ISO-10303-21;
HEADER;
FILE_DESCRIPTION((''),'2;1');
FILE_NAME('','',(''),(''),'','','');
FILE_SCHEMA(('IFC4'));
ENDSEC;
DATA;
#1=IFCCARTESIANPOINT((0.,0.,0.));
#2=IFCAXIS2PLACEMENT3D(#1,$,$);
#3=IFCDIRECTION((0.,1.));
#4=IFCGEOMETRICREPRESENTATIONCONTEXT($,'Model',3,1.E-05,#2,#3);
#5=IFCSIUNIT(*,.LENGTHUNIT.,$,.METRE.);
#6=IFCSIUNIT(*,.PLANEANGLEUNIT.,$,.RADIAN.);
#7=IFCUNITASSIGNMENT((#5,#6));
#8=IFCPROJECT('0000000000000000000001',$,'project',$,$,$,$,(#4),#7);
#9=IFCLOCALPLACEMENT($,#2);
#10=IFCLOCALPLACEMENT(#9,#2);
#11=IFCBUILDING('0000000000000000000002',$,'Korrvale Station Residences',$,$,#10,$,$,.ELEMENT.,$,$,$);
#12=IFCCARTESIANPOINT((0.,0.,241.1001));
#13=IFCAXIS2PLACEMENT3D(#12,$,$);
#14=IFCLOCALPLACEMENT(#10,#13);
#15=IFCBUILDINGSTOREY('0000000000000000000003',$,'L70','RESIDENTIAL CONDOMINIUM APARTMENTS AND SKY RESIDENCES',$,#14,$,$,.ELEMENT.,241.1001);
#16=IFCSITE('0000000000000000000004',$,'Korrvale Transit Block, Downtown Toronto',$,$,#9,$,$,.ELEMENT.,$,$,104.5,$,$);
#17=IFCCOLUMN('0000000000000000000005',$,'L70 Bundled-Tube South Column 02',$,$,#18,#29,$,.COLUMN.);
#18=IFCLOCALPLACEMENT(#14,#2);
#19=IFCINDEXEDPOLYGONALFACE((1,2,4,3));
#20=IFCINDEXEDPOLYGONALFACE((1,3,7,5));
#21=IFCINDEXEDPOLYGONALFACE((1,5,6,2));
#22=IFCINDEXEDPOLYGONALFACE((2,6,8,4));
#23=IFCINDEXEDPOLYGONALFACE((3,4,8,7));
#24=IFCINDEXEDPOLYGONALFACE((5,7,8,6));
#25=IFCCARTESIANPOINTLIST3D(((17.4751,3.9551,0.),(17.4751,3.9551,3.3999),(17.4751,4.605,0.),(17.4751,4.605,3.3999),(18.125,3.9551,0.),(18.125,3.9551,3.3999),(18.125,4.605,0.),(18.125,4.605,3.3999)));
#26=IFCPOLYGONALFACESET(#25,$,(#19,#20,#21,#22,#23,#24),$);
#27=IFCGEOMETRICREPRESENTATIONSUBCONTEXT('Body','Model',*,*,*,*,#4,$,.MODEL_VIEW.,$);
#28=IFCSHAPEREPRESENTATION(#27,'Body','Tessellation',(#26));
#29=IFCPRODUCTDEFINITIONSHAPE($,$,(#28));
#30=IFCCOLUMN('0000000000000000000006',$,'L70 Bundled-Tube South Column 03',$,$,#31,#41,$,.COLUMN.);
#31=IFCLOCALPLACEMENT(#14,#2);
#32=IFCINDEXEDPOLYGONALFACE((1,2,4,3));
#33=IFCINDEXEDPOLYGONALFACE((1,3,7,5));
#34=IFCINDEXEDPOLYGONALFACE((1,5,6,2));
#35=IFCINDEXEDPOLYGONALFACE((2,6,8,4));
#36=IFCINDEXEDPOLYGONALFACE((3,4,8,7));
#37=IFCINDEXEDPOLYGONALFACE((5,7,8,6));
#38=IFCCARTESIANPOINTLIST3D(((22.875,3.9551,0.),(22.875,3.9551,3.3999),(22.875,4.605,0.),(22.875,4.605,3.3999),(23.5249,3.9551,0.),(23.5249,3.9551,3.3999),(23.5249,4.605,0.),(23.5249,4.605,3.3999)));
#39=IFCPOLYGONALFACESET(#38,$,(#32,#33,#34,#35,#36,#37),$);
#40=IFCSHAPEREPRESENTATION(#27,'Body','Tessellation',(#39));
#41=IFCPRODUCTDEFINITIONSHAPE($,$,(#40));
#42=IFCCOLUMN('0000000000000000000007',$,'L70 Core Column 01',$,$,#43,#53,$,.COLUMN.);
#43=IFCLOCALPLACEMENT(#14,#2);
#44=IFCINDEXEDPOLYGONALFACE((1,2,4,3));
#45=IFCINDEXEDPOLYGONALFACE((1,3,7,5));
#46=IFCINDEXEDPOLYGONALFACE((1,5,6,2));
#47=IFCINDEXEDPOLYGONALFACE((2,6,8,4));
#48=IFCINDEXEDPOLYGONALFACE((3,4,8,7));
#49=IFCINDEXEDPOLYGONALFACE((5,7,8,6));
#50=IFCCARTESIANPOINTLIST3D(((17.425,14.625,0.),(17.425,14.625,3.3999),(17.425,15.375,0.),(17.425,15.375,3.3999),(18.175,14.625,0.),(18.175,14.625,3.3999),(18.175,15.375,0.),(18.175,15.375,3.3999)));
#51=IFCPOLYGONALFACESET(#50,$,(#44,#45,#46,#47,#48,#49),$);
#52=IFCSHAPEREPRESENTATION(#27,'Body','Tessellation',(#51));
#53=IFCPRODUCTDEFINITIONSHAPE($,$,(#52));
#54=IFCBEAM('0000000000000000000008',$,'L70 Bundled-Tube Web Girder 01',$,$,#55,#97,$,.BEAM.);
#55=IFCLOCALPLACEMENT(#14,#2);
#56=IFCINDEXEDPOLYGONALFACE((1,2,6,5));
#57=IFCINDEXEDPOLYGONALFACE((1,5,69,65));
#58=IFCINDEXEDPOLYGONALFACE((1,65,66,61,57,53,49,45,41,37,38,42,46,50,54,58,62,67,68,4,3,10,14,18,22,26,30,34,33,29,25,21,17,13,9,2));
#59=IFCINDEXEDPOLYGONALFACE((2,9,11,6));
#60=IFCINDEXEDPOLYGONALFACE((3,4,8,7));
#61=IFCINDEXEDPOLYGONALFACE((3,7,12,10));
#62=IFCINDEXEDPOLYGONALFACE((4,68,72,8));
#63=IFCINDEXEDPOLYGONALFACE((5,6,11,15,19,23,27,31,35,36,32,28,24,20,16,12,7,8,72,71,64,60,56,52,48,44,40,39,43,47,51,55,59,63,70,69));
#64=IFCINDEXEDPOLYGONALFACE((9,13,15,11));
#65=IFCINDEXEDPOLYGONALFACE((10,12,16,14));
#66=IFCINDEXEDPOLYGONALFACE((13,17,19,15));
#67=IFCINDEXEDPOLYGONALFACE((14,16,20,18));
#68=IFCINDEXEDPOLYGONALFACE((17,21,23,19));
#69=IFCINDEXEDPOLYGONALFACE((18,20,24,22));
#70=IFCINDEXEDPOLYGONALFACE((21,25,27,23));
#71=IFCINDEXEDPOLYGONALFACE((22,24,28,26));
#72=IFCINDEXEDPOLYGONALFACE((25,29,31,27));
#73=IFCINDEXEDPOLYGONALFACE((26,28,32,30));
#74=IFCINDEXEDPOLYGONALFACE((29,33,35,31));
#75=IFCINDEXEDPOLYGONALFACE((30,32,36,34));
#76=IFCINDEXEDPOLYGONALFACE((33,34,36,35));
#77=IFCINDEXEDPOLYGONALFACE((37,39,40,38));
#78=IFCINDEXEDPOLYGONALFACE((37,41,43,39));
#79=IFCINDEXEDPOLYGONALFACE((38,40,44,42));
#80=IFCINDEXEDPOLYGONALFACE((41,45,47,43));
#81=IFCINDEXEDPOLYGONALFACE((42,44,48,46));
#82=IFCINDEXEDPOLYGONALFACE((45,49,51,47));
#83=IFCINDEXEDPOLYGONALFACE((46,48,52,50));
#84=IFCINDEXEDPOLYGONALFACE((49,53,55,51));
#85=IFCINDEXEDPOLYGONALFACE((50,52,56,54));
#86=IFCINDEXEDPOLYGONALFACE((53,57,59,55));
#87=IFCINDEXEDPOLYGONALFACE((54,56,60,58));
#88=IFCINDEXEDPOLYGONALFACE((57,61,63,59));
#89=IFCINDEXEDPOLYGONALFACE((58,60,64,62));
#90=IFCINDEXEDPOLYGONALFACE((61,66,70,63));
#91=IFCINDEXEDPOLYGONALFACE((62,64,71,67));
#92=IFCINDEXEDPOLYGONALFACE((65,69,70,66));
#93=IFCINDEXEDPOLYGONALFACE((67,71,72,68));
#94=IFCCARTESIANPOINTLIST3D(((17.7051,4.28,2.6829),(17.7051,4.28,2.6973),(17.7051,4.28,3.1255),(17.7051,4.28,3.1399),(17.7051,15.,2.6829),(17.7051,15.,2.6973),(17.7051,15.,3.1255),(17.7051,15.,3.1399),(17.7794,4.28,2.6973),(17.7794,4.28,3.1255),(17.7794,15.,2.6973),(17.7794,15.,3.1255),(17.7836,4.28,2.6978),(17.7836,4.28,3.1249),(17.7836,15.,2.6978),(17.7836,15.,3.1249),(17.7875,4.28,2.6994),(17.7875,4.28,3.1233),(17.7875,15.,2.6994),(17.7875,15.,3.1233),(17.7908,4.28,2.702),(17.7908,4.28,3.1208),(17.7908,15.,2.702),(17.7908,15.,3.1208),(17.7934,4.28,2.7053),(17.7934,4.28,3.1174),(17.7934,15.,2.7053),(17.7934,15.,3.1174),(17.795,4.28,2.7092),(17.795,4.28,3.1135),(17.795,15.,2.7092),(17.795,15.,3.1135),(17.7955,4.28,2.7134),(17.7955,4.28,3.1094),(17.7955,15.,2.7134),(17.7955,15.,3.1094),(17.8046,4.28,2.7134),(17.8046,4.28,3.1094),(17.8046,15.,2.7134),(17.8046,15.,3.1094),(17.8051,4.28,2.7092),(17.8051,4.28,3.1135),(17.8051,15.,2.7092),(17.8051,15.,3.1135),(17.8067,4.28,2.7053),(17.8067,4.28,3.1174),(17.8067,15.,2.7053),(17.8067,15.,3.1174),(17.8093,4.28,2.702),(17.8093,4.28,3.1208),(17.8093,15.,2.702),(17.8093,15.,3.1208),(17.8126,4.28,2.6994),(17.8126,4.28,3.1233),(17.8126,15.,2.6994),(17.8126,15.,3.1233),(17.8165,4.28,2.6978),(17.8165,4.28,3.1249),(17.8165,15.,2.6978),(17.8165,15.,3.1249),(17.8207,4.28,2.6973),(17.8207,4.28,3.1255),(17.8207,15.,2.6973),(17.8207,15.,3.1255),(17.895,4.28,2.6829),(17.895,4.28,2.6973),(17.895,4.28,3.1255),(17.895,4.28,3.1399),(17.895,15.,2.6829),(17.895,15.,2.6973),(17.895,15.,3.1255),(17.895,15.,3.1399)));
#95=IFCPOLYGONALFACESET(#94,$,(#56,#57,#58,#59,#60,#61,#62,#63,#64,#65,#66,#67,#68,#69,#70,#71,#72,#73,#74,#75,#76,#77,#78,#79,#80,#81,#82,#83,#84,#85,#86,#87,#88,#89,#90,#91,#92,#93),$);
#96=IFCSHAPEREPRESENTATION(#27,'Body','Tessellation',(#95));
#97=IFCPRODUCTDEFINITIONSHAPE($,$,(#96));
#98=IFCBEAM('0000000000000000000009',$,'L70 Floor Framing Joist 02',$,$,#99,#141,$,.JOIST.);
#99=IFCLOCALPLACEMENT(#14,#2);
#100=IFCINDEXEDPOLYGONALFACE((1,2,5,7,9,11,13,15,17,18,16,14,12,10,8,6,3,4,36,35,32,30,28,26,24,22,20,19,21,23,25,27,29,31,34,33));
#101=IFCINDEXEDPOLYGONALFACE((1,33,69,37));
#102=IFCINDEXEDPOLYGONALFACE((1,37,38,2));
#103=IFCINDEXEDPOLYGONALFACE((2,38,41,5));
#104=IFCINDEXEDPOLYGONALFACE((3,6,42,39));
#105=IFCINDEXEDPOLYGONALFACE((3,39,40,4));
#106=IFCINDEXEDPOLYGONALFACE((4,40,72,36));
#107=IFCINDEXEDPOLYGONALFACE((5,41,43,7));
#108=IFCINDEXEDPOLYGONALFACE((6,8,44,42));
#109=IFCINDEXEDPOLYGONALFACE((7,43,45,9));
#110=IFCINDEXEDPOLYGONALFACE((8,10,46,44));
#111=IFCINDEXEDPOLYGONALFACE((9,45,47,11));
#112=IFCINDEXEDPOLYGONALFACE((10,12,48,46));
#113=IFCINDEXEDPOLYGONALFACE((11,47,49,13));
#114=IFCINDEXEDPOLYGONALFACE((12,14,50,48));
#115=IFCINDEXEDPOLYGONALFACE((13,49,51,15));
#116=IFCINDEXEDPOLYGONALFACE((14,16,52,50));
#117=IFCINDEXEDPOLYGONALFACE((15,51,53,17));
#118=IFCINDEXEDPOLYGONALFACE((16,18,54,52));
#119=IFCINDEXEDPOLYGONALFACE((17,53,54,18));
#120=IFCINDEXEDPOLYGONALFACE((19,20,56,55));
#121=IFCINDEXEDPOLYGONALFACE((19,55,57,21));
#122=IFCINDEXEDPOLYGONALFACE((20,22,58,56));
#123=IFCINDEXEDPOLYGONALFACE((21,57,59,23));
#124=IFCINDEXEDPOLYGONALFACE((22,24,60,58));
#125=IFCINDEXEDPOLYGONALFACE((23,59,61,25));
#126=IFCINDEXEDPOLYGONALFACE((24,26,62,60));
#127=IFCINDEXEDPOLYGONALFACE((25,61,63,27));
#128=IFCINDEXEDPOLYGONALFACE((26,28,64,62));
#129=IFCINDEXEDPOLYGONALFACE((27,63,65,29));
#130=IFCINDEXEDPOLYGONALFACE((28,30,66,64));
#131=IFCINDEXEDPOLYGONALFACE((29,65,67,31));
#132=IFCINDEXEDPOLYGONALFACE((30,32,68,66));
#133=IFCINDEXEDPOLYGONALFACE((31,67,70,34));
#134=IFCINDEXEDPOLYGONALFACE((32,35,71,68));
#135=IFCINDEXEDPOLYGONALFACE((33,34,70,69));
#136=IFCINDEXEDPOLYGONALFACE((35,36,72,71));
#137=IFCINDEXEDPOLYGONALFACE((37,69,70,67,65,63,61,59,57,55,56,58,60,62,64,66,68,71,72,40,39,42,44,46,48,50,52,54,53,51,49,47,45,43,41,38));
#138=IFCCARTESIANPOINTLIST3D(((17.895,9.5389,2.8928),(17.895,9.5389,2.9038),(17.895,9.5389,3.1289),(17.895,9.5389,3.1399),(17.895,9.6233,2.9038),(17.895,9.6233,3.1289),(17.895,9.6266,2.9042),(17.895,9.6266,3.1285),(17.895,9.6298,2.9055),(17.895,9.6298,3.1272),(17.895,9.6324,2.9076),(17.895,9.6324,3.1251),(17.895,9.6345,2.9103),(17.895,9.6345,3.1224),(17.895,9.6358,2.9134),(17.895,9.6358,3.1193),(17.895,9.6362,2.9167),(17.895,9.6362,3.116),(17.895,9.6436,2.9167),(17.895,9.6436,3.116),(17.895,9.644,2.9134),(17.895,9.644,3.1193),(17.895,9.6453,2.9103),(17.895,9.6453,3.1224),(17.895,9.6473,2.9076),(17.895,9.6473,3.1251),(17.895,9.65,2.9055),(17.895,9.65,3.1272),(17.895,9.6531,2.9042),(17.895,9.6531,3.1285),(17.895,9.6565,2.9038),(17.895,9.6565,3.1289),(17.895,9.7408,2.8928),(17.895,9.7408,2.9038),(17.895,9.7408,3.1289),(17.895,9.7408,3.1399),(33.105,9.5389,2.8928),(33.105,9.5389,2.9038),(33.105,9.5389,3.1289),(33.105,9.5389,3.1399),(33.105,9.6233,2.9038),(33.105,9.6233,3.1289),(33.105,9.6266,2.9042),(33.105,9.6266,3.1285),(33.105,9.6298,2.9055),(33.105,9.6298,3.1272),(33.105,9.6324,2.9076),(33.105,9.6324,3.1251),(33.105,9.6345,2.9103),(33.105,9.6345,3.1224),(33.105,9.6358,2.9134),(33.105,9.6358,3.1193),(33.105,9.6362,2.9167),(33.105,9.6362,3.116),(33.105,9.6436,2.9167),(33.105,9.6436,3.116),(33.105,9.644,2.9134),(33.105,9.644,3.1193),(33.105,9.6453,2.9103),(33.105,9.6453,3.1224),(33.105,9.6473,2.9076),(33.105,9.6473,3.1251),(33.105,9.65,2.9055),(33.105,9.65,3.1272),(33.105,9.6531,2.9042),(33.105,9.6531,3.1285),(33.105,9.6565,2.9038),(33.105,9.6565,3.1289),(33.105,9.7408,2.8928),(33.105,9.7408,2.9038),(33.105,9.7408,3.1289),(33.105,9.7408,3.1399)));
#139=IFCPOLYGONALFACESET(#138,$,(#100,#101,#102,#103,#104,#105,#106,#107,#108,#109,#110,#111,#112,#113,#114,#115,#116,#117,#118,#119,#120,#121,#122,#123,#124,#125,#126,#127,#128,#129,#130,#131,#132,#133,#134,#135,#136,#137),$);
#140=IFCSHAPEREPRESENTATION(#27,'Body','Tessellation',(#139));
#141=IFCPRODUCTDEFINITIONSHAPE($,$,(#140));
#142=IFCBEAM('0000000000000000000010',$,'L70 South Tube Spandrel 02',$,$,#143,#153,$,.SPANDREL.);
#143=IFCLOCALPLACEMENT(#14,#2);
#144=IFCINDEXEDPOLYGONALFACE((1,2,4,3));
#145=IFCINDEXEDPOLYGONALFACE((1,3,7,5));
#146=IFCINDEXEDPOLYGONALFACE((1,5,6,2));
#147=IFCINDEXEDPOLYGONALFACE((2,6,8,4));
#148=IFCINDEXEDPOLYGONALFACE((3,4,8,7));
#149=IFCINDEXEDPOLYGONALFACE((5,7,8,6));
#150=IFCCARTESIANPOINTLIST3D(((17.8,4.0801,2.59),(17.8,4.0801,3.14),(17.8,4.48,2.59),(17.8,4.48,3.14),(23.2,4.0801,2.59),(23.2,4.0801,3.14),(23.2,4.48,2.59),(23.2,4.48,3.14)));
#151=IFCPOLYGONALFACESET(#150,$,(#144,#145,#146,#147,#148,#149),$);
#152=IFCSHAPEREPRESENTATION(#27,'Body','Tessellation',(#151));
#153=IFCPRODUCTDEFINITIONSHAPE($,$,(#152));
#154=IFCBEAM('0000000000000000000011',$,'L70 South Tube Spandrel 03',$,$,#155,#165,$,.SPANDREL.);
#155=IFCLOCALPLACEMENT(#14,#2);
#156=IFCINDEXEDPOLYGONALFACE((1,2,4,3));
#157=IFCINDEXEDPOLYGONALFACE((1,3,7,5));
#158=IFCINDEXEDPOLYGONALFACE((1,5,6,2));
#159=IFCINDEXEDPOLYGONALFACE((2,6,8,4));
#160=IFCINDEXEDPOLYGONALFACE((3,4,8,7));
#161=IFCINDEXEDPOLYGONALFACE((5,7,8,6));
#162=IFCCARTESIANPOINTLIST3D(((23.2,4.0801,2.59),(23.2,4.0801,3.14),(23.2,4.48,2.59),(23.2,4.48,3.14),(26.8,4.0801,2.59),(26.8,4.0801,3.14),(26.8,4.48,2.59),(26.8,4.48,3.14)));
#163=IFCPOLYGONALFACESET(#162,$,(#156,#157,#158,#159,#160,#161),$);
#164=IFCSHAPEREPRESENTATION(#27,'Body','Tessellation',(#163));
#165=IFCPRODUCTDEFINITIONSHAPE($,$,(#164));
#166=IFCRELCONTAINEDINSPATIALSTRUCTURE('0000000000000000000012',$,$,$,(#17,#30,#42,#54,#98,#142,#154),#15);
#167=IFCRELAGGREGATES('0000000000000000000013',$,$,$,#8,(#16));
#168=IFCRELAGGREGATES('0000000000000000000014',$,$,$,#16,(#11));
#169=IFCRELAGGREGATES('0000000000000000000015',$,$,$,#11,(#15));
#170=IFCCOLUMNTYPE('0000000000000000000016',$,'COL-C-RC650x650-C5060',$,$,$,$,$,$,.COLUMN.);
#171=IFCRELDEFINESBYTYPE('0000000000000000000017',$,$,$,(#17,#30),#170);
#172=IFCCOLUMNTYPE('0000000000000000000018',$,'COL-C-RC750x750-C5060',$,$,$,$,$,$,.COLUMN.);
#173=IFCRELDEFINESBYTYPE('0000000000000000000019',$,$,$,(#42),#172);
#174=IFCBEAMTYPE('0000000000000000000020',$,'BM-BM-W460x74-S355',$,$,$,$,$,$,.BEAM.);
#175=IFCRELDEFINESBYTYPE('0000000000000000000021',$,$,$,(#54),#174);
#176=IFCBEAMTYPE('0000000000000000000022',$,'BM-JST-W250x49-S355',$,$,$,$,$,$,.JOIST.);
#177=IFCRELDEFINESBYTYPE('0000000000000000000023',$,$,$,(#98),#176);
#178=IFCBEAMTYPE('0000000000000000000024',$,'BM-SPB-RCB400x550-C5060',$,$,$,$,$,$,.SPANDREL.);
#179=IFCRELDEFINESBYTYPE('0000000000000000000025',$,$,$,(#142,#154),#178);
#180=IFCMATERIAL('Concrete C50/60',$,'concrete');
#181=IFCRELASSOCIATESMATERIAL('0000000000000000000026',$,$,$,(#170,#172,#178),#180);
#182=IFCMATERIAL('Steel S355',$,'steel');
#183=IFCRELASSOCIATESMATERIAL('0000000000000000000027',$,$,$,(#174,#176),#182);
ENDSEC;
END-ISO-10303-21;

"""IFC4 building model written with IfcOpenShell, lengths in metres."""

from ifc_helpers import new_model, si_unit, direction, frame, origin, origin_2d, place, context, subcontext, project, spatial, rectangle, i_section, extrude, material, material_profile, profile_set, type_object, element, save


model = new_model("IFC4")

# Units and contexts
model_context = context("Model", 3, precision=1e-05, world=origin(), true_north=direction((0.0, 1.0)))
body_context = subcontext(model_context, "Body", "Model", "MODEL_VIEW")
ifc_project = project(units=[si_unit("LENGTHUNIT", "METRE"), si_unit("PLANEANGLEUNIT", "RADIAN")], contexts=[model_context])

# Site, building, storey
site_placement = place(None, origin())
site = spatial("IfcSite", under=ifc_project, at=site_placement, Name="Korrvale Transit Block, Downtown Toronto", CompositionType="ELEMENT", RefElevation=104.5)
building_placement = place(site_placement, origin())
building = spatial("IfcBuilding", under=site, at=building_placement, Name="Korrvale Station Residences", CompositionType="ELEMENT")
storey_placement = place(building_placement, frame((0.0, 0.0, 241.1001)))
storey = spatial("IfcBuildingStorey", under=building, at=storey_placement, Name="L70", Description="RESIDENTIAL CONDOMINIUM APARTMENTS AND SKY RESIDENCES", CompositionType="ELEMENT", Elevation=241.1001)

# Columns
ifc_material_1 = material(Name="Concrete C50/60", Category="concrete")
ifc_material_profile_1 = material_profile(ifc_material_1, rectangle(XDim=0.6499, YDim=0.6499, at=origin_2d()), Name="RC650x650")
ifc_profile_set_1 = profile_set([ifc_material_profile_1], Name="Concrete C50/60")
column_type_1 = type_object("IfcColumnType", Name="COL-C-RC650x650-C5060", PredefinedType="COLUMN", material=ifc_profile_set_1)
for number, where, z_axis, x_axis, name in (
    (1, (17.8, 4.28, 0.0), (0.0, 0.0, 1.0), (1.0, 0.0, 0.0), "L70 Bundled-Tube South Column 02"),
    (2, (23.2, 4.28, 0.0), (0.0, 0.0, 1.0), (1.0, 0.0, 0.0), "L70 Bundled-Tube South Column 03"),
):
    element("IfcColumn", number, at=place(storey_placement, frame(where, z_axis=z_axis, x_axis=x_axis)), inside=storey, type_object=column_type_1, Name=name, PredefinedType="COLUMN", context=body_context, shape_type="SweptSolid", body=[
        extrude(rectangle(XDim=0.6499, YDim=0.6499, at=origin_2d()), origin(), (0.0, 0.0, 1.0), 3.3999),
    ])
ifc_material_profile_2 = material_profile(ifc_material_1, rectangle(XDim=0.75, YDim=0.75, at=origin_2d()), Name="RC750x750")
ifc_profile_set_2 = profile_set([ifc_material_profile_2], Name="Concrete C50/60")
column_type_2 = type_object("IfcColumnType", Name="COL-C-RC750x750-C5060", PredefinedType="COLUMN", material=ifc_profile_set_2)
column_placement = place(storey_placement, frame((17.8, 15.0, 0.0), z_axis=(0.0, 0.0, 1.0), x_axis=(1.0, 0.0, 0.0)))
element("IfcColumn", 3, at=column_placement, inside=storey, type_object=column_type_2, Name="L70 Core Column 01", PredefinedType="COLUMN", context=body_context, shape_type="SweptSolid", body=[
    extrude(rectangle(XDim=0.75, YDim=0.75, at=origin_2d()), origin(), (0.0, 0.0, 1.0), 3.3999),
])

# Beams
ifc_material_2 = material(Name="Steel S355", Category="steel")
ifc_material_profile_3 = material_profile(ifc_material_2, i_section(OverallWidth=0.1899, OverallDepth=0.457, WebThickness=0.009, FlangeThickness=0.0144, FilletRadius=0.0161, at=origin_2d()), Name="W460x74")
ifc_profile_set_3 = profile_set([ifc_material_profile_3], Name="Steel S355")
beam_type_1 = type_object("IfcBeamType", Name="BM-BM-W460x74-S355", PredefinedType="BEAM", material=ifc_profile_set_3)
beam_1_placement = place(storey_placement, frame((17.8, 4.28, 2.9114), z_axis=(0.0, 1.0, 0.0), x_axis=(-1.0, 0.0, 0.0)))
element("IfcBeam", 4, at=beam_1_placement, inside=storey, type_object=beam_type_1, Name="L70 Bundled-Tube Web Girder 01", PredefinedType="BEAM", context=body_context, shape_type="SweptSolid", body=[
    extrude(i_section(OverallWidth=0.1899, OverallDepth=0.457, WebThickness=0.009, FlangeThickness=0.0144, FilletRadius=0.0161, at=origin_2d()), origin(), (0.0, 0.0, 1.0), 10.72),
])
ifc_material_profile_4 = material_profile(ifc_material_2, i_section(OverallWidth=0.2019, OverallDepth=0.2471, WebThickness=0.0073, FlangeThickness=0.011, FilletRadius=0.0129, at=origin_2d()), Name="W250x49")
ifc_profile_set_4 = profile_set([ifc_material_profile_4], Name="Steel S355")
beam_type_2 = type_object("IfcBeamType", Name="BM-JST-W250x49-S355", PredefinedType="JOIST", material=ifc_profile_set_4)
beam_2_placement = place(storey_placement, frame((17.895, 9.6399, 3.0164), z_axis=(1.0, 0.0, 0.0), x_axis=(0.0, 1.0, 0.0)))
element("IfcBeam", 5, at=beam_2_placement, inside=storey, type_object=beam_type_2, Name="L70 Floor Framing Joist 02", PredefinedType="JOIST", context=body_context, shape_type="SweptSolid", body=[
    extrude(i_section(OverallWidth=0.2019, OverallDepth=0.2471, WebThickness=0.0073, FlangeThickness=0.011, FilletRadius=0.0129, at=origin_2d()), origin(), (0.0, 0.0, 1.0), 15.21),
])
ifc_material_profile_5 = material_profile(ifc_material_1, rectangle(XDim=0.3999, YDim=0.55, at=origin_2d()), Name="RCB400x550")
ifc_profile_set_5 = profile_set([ifc_material_profile_5], Name="Concrete C50/60")
beam_type_3 = type_object("IfcBeamType", Name="BM-SPB-RCB400x550-C5060", PredefinedType="SPANDREL", material=ifc_profile_set_5)
beam_3_placement = place(storey_placement, frame((17.8, 4.28, 2.865), z_axis=(1.0, 0.0, 0.0), x_axis=(0.0, 1.0, 0.0)))
element("IfcBeam", 6, at=beam_3_placement, inside=storey, type_object=beam_type_3, Name="L70 South Tube Spandrel 02", PredefinedType="SPANDREL", context=body_context, shape_type="SweptSolid", body=[
    extrude(rectangle(XDim=0.3999, YDim=0.55, at=origin_2d()), origin(), (0.0, 0.0, 1.0), 5.3999),
])
beam_4_placement = place(storey_placement, frame((23.2, 4.28, 2.865), z_axis=(1.0, 0.0, 0.0), x_axis=(0.0, 1.0, 0.0)))
element("IfcBeam", 7, at=beam_4_placement, inside=storey, type_object=beam_type_3, Name="L70 South Tube Spandrel 03", PredefinedType="SPANDREL", context=body_context, shape_type="SweptSolid", body=[
    extrude(rectangle(XDim=0.3999, YDim=0.55, at=origin_2d()), origin(), (0.0, 0.0, 1.0), 3.6001),
])

save(model, "model.ifc")
